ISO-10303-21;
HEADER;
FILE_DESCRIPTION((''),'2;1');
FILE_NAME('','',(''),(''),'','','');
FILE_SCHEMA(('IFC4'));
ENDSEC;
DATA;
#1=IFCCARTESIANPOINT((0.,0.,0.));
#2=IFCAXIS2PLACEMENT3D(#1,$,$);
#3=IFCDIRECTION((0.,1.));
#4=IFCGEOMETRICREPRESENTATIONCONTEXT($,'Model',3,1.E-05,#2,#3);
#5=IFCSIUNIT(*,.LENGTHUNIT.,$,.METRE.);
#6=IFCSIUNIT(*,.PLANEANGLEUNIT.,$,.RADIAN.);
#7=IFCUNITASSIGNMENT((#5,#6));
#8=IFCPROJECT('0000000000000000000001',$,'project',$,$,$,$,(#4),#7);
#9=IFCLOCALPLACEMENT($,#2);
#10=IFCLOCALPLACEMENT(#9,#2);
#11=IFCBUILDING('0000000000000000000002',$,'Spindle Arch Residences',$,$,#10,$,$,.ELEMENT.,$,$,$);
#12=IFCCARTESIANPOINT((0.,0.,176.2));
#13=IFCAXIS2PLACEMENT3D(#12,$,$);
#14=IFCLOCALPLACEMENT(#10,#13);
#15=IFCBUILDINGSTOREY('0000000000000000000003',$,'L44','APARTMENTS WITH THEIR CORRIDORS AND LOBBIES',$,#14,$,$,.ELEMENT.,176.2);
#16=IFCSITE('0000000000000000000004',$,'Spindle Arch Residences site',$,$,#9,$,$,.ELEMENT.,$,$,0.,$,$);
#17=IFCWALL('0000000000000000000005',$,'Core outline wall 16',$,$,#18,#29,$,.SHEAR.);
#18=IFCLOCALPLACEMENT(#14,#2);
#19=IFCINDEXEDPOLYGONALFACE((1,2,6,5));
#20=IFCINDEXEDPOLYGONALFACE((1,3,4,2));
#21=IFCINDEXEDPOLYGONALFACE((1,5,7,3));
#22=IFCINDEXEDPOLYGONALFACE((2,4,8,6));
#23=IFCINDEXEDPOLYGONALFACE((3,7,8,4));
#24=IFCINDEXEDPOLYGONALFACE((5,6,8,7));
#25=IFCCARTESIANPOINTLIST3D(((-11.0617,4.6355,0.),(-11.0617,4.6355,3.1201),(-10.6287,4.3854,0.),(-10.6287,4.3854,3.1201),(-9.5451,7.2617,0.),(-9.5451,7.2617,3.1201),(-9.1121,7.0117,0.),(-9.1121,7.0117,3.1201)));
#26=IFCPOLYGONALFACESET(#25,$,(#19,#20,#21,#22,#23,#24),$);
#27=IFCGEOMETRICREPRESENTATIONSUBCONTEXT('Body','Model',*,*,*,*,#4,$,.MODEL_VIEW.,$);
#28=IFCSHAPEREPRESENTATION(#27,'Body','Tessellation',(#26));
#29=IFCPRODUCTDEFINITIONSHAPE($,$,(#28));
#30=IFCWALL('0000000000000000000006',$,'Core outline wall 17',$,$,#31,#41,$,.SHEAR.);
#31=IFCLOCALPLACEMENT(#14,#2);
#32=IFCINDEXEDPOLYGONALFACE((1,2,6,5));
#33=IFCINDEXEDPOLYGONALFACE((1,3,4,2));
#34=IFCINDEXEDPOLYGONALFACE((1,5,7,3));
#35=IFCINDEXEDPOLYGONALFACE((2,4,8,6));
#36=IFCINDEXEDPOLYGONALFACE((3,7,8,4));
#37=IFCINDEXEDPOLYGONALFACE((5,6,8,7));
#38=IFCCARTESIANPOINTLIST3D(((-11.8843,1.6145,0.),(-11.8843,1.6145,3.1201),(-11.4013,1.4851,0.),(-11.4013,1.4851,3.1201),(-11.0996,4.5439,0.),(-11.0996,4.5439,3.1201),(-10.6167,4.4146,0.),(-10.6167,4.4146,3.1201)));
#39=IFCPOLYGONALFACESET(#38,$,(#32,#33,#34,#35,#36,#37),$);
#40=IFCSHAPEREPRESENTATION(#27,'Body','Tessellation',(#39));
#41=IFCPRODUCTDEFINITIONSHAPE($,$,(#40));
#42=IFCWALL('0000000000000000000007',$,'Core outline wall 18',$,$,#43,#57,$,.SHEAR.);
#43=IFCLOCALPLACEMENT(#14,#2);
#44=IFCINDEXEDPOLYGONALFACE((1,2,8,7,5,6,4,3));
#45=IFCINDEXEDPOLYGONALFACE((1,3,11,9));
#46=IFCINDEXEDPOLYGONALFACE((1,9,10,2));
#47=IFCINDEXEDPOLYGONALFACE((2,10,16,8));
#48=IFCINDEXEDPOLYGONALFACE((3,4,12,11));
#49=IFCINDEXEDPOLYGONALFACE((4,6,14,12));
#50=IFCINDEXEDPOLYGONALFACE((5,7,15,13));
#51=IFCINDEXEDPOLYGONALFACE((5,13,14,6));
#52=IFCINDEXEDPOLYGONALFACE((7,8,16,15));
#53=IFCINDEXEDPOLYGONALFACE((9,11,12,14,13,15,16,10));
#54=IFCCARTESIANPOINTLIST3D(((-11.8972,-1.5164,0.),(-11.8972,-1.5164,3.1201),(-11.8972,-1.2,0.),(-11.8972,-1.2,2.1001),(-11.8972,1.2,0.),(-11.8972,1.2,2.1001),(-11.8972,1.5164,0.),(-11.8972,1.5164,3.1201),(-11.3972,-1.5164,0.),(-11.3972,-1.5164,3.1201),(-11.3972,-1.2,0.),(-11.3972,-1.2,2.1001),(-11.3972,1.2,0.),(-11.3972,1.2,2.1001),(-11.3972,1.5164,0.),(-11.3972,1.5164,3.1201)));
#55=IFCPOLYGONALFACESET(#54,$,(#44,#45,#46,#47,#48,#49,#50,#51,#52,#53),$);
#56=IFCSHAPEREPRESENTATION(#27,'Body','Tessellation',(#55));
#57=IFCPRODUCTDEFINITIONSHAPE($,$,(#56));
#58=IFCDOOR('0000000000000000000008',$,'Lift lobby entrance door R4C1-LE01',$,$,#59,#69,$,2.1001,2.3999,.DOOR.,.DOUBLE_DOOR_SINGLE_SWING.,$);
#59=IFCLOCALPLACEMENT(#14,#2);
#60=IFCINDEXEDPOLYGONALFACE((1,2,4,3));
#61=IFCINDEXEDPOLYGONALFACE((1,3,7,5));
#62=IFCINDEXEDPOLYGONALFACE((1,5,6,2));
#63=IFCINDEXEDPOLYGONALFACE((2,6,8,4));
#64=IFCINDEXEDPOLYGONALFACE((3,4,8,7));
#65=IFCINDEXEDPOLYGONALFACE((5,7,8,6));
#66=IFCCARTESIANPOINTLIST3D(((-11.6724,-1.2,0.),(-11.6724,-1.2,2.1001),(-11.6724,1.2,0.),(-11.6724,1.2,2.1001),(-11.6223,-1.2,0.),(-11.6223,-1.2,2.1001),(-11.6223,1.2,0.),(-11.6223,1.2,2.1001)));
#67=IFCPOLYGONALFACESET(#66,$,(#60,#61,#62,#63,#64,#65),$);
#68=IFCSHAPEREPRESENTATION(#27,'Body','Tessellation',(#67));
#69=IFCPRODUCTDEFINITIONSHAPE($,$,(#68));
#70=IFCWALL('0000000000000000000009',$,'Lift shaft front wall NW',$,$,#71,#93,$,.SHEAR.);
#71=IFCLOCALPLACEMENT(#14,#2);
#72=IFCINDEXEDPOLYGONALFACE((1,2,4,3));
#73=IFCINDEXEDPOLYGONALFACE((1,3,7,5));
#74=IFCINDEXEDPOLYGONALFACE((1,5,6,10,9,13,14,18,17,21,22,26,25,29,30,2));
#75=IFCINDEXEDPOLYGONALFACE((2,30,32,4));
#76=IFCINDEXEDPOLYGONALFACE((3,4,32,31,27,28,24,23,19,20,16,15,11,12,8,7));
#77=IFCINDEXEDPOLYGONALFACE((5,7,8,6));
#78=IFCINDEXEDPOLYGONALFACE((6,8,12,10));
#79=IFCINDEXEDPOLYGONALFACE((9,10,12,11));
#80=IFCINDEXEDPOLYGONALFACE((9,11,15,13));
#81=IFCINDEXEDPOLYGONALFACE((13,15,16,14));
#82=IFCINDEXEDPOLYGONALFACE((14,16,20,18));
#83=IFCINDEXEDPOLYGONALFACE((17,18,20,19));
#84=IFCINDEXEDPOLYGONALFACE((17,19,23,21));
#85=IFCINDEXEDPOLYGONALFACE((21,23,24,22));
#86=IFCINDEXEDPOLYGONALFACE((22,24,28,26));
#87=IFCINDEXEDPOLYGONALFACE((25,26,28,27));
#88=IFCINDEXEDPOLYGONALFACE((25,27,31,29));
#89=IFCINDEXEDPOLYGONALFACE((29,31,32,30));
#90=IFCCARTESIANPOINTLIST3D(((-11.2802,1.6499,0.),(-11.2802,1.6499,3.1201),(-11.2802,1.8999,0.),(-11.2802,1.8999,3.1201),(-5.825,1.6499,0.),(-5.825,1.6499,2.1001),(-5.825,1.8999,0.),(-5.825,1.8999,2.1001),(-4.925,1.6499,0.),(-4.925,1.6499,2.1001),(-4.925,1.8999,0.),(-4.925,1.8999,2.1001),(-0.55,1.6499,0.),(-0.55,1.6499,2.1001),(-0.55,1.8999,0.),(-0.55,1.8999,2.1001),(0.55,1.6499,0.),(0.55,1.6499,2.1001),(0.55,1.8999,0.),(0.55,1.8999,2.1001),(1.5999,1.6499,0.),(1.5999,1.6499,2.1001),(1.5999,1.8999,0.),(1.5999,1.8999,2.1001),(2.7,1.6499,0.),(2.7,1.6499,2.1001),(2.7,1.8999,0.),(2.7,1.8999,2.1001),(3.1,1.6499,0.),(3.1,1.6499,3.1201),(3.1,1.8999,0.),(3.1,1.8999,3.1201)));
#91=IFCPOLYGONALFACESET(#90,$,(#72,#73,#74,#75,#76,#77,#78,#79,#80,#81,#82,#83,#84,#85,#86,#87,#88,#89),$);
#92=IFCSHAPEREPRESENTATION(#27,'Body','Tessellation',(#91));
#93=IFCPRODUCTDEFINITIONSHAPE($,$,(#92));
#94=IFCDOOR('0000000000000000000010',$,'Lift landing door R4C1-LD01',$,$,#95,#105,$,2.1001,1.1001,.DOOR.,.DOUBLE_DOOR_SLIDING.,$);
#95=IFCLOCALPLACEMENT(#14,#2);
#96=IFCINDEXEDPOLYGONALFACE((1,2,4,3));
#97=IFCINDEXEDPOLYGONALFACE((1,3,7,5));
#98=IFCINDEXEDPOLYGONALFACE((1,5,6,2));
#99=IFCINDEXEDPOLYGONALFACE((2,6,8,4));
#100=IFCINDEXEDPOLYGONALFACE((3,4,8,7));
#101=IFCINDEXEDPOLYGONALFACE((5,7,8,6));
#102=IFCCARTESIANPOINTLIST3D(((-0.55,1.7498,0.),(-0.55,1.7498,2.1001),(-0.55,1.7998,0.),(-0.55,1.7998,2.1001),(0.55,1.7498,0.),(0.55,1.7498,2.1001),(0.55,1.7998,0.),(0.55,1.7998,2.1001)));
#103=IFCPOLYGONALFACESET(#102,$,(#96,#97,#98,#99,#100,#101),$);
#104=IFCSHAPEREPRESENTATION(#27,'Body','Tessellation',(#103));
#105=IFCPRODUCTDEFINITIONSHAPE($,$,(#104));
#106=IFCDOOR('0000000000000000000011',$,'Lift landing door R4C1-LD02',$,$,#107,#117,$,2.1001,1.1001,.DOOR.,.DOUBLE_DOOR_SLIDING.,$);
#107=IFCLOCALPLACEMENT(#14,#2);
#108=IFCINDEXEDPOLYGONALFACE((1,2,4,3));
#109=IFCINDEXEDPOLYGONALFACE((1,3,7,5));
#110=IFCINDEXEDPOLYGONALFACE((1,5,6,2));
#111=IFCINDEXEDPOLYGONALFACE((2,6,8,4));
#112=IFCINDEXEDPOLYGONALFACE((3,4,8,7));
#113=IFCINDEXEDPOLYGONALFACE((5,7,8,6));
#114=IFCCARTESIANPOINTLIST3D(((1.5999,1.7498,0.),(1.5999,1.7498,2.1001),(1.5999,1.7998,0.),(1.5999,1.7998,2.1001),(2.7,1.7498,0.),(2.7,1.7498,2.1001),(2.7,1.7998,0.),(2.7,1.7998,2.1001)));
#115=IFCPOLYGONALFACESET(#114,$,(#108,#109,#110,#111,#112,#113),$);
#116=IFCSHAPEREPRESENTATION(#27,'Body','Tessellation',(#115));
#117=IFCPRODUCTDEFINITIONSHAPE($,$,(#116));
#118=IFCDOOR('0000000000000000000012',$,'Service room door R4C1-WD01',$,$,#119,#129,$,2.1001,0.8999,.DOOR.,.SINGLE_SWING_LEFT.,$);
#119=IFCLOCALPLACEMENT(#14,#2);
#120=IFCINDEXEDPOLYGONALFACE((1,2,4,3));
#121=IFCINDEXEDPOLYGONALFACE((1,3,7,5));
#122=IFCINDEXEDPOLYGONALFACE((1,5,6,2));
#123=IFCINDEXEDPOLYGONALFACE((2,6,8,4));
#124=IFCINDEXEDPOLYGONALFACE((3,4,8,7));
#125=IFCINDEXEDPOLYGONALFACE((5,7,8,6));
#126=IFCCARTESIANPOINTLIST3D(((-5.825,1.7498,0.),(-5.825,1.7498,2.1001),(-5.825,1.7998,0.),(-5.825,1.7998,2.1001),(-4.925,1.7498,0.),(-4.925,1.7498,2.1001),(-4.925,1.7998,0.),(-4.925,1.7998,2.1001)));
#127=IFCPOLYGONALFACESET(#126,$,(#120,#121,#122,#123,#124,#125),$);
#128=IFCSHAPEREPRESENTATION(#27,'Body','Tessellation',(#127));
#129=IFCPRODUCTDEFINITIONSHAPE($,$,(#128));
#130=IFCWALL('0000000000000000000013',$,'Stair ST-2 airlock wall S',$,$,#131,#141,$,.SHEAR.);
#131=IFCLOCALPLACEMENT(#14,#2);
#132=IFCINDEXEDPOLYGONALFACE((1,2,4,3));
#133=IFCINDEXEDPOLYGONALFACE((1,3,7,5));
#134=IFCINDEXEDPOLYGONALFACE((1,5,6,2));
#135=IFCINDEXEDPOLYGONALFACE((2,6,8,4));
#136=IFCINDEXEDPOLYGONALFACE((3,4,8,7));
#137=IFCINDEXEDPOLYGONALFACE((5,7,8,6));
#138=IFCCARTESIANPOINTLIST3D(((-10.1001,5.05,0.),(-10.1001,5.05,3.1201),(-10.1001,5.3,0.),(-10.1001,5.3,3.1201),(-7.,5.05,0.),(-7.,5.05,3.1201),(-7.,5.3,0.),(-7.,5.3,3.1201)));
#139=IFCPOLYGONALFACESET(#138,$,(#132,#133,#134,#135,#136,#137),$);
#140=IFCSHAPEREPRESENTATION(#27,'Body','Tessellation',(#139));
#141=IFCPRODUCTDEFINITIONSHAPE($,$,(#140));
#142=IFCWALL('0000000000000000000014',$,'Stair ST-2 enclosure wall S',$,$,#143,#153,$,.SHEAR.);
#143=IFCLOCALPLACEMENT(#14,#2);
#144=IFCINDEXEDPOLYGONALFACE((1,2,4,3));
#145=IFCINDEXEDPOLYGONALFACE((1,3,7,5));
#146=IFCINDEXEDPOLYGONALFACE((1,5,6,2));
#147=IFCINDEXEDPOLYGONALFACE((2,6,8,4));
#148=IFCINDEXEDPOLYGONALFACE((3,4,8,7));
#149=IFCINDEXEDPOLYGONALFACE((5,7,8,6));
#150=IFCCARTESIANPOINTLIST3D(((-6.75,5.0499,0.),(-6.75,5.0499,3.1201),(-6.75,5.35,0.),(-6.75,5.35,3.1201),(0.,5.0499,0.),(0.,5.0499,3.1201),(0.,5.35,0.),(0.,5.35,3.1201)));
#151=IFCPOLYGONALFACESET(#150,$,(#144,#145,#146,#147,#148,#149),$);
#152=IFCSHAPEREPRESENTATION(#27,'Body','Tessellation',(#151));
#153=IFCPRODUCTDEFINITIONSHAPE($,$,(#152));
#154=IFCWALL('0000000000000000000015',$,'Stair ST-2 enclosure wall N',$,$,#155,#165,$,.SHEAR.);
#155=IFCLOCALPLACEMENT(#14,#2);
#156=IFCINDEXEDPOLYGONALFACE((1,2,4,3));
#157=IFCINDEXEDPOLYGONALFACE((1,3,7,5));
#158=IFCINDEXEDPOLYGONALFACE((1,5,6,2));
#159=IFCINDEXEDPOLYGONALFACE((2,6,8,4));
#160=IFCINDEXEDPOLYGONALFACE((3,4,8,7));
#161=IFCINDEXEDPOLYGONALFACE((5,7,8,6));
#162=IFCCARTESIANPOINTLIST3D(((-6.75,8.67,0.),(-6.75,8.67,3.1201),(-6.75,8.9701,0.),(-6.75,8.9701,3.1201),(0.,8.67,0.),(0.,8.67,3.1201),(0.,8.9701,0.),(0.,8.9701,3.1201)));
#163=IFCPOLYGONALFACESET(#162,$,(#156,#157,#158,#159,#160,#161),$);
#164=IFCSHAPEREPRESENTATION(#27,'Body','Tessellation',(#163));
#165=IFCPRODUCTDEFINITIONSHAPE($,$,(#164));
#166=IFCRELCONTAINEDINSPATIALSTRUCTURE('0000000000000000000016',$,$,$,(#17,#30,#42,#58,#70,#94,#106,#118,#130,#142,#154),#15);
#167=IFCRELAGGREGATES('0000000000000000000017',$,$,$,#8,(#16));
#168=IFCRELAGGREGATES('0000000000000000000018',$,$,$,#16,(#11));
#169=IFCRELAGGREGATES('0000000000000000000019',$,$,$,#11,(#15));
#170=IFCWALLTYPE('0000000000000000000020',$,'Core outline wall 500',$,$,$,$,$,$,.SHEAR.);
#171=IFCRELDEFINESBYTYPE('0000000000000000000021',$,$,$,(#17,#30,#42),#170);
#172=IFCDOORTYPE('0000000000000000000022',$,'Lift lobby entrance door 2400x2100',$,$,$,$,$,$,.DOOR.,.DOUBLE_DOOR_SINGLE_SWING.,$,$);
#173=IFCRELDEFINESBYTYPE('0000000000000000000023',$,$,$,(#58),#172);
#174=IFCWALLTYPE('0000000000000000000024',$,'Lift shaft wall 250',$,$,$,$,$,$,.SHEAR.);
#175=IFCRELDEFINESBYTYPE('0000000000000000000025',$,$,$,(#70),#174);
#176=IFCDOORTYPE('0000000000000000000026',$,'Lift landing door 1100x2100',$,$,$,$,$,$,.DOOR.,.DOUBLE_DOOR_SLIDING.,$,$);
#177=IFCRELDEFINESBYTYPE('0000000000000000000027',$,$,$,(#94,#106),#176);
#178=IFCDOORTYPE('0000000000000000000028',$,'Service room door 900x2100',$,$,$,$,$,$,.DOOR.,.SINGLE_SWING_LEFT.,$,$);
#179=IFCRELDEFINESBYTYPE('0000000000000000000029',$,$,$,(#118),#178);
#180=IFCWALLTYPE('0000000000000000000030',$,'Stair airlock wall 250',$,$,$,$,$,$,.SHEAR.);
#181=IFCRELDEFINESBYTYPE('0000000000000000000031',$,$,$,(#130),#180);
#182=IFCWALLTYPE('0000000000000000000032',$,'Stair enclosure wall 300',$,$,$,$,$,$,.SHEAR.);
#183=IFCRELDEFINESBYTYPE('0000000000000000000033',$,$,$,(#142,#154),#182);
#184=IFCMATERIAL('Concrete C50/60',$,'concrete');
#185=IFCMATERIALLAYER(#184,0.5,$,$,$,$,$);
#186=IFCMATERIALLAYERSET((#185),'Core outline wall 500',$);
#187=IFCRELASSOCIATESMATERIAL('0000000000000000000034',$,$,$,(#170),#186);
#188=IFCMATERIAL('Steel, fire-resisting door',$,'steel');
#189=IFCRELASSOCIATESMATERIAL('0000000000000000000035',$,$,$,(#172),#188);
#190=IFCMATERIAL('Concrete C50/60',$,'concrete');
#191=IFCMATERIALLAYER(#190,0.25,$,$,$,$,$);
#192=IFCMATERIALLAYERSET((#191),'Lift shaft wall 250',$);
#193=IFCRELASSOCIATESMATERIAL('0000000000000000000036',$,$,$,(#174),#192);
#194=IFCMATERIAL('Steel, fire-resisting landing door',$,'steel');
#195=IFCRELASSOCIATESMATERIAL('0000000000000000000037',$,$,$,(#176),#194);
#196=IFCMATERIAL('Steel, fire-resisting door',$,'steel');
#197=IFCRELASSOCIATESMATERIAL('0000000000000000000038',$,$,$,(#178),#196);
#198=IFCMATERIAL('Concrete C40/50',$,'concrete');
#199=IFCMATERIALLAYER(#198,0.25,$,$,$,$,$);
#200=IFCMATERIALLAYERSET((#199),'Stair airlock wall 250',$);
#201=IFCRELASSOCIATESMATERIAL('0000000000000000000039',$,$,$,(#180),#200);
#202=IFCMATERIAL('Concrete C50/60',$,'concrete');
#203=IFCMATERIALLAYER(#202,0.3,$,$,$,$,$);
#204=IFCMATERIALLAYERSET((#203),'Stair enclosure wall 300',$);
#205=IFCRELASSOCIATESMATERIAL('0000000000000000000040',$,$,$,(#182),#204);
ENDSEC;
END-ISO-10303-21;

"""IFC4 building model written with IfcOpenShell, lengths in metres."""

from ifc_helpers import new_model, si_unit, direction, frame, frame_2d, origin, place, context, subcontext, project, spatial, rectangle, extrude, material, layer, layer_set, type_object, element, fill, save


model = new_model("IFC4")

# Units and contexts
model_context = context("Model", 3, precision=1e-05, world=origin(), true_north=direction((0.0, 1.0)))
body_context = subcontext(model_context, "Body", "Model", "MODEL_VIEW")
ifc_project = project(units=[si_unit("LENGTHUNIT", "METRE"), si_unit("PLANEANGLEUNIT", "RADIAN")], contexts=[model_context])

# Site, building, storey
site_placement = place(None, origin())
site = spatial("IfcSite", under=ifc_project, at=site_placement, Name="Spindle Arch Residences site", CompositionType="ELEMENT", RefElevation=0.0)
building_placement = place(site_placement, origin())
building = spatial("IfcBuilding", under=site, at=building_placement, Name="Spindle Arch Residences", CompositionType="ELEMENT")
storey_placement = place(building_placement, frame((0.0, 0.0, 176.2)))
storey = spatial("IfcBuildingStorey", under=building, at=storey_placement, Name="L44", Description="APARTMENTS WITH THEIR CORRIDORS AND LOBBIES", CompositionType="ELEMENT", Elevation=176.2)

# Walls
ifc_material_1 = material(Name="Concrete C50/60", Category="concrete")
ifc_layer_1 = layer(ifc_material_1, 0.5)
ifc_layer_set_1 = layer_set([ifc_layer_1], Name="Core outline wall 500")
wall_type_1 = type_object("IfcWallType", Name="Core outline wall 500", PredefinedType="SHEAR", material=ifc_layer_set_1)
for number, where, z_axis, x_axis, name in (
    (1, (-9.3286, 7.1367, 0.0), (0.0, 0.0, 1.0), (-0.500087, -0.865975, 0.0), "Core outline wall 16"),
    (2, (-10.8582, 4.4792, 0.0), (0.0, 0.0, 1.0), (-0.258735, -0.965948, 0.0), "Core outline wall 17"),
):
    element("IfcWall", number, at=place(storey_placement, frame(where, z_axis=z_axis, x_axis=x_axis)), inside=storey, type_object=wall_type_1, Name=name, PredefinedType="SHEAR", context=body_context, shape_type="SweptSolid", body=[
        extrude(rectangle(XDim=3.0327, YDim=0.5, at=frame_2d((1.5164, 0.0))), origin(), (0.0, 0.0, 1.0), 3.1201),
    ])

# Wall, opening, door
wall_1_placement = place(storey_placement, frame((-11.6472, 1.5164, 0.0), z_axis=(0.0, 0.0, 1.0), x_axis=(0.0, -1.0, 0.0)))
wall_1 = element("IfcWall", 3, at=wall_1_placement, inside=storey, type_object=wall_type_1, Name="Core outline wall 18", PredefinedType="SHEAR", context=body_context, shape_type="SweptSolid", body=[
    extrude(rectangle(XDim=3.0327, YDim=0.5, at=frame_2d((1.5164, 0.0))), origin(), (0.0, 0.0, 1.0), 3.1201),
])
opening_1_placement = place(wall_1_placement, frame((0.3164, 0.0, 0.0)))
opening_1 = element("IfcOpeningElement", 4, at=opening_1_placement, cuts=wall_1, PredefinedType="OPENING", context=body_context, shape_type="SweptSolid", body=[
    extrude(rectangle(XDim=2.3999, YDim=2.1001, at=frame_2d((1.2, 1.05))), frame((0.0, 0.26, 0.0), z_axis=(0.0, -1.0, 0.0), x_axis=(1.0, 0.0, 0.0)), (0.0, 0.0, 1.0), 0.52),
])
ifc_material_2 = material(Name="Steel, fire-resisting door", Category="steel")
door_type_1 = type_object("IfcDoorType", Name="Lift lobby entrance door 2400x2100", OperationType="DOUBLE_DOOR_SINGLE_SWING", PredefinedType="DOOR", material=ifc_material_2)
door_1_placement = place(opening_1_placement, origin())
door_1 = element("IfcDoor", 5, at=door_1_placement, inside=storey, type_object=door_type_1, Name="Lift lobby entrance door R4C1-LE01", OperationType="DOUBLE_DOOR_SINGLE_SWING", OverallHeight=2.1001, OverallWidth=2.3999, PredefinedType="DOOR", context=body_context, shape_type="SweptSolid", body=[
    extrude(rectangle(XDim=2.3999, YDim=2.1001, at=frame_2d((1.2, 1.05))), frame((0.0, 0.0249, 0.0), z_axis=(0.0, -1.0, 0.0), x_axis=(1.0, 0.0, 0.0)), (0.0, 0.0, 1.0), 0.05),
])
fill(opening_1, door_1)

# Wall, openings, doors
ifc_material_3 = material(Name="Concrete C50/60", Category="concrete")
ifc_layer_2 = layer(ifc_material_3, 0.25)
ifc_layer_set_2 = layer_set([ifc_layer_2], Name="Lift shaft wall 250")
wall_type_2 = type_object("IfcWallType", Name="Lift shaft wall 250", PredefinedType="SHEAR", material=ifc_layer_set_2)
wall_2_placement = place(storey_placement, frame((-11.28, 1.7749, 0.0), z_axis=(0.0, 0.0, 1.0), x_axis=(1.0, 0.0, 0.0)))
wall_2 = element("IfcWall", 6, at=wall_2_placement, inside=storey, type_object=wall_type_2, Name="Lift shaft front wall NW", PredefinedType="SHEAR", context=body_context, shape_type="SweptSolid", body=[
    extrude(rectangle(XDim=14.3801, YDim=0.25, at=frame_2d((7.1899, 0.0))), origin(), (0.0, 0.0, 1.0), 3.1201),
])
opening_2_placement = place(wall_2_placement, frame((10.73, 0.0, 0.0)))
opening_2 = element("IfcOpeningElement", 7, at=opening_2_placement, cuts=wall_2, PredefinedType="OPENING", context=body_context, shape_type="SweptSolid", body=[
    extrude(rectangle(XDim=1.1001, YDim=2.1001, at=frame_2d((0.55, 1.05))), frame((0.0, 0.135, 0.0), z_axis=(0.0, -1.0, 0.0), x_axis=(1.0, 0.0, 0.0)), (0.0, 0.0, 1.0), 0.27),
])
opening_3_placement = place(wall_2_placement, frame((12.8799, 0.0, 0.0)))
opening_3 = element("IfcOpeningElement", 8, at=opening_3_placement, cuts=wall_2, PredefinedType="OPENING", context=body_context, shape_type="SweptSolid", body=[
    extrude(rectangle(XDim=1.1001, YDim=2.1001, at=frame_2d((0.55, 1.05))), frame((0.0, 0.135, 0.0), z_axis=(0.0, -1.0, 0.0), x_axis=(1.0, 0.0, 0.0)), (0.0, 0.0, 1.0), 0.27),
])
opening_4_placement = place(wall_2_placement, frame((5.4551, 0.0, 0.0)))
opening_4 = element("IfcOpeningElement", 9, at=opening_4_placement, cuts=wall_2, PredefinedType="OPENING", context=body_context, shape_type="SweptSolid", body=[
    extrude(rectangle(XDim=0.8999, YDim=2.1001, at=frame_2d((0.45, 1.05))), frame((0.0, 0.135, 0.0), z_axis=(0.0, -1.0, 0.0), x_axis=(1.0, 0.0, 0.0)), (0.0, 0.0, 1.0), 0.27),
])
ifc_material_4 = material(Name="Steel, fire-resisting landing door", Category="steel")
door_type_2 = type_object("IfcDoorType", Name="Lift landing door 1100x2100", OperationType="DOUBLE_DOOR_SLIDING", PredefinedType="DOOR", material=ifc_material_4)
door_2_placement = place(opening_2_placement, origin())
door_2 = element("IfcDoor", 10, at=door_2_placement, inside=storey, type_object=door_type_2, Name="Lift landing door R4C1-LD01", OperationType="DOUBLE_DOOR_SLIDING", OverallHeight=2.1001, OverallWidth=1.1001, PredefinedType="DOOR", context=body_context, shape_type="SweptSolid", body=[
    extrude(rectangle(XDim=1.1001, YDim=2.1001, at=frame_2d((0.55, 1.05))), frame((0.0, 0.0249, 0.0), z_axis=(0.0, -1.0, 0.0), x_axis=(1.0, 0.0, 0.0)), (0.0, 0.0, 1.0), 0.05),
])
fill(opening_2, door_2)
door_3_placement = place(opening_3_placement, origin())
door_3 = element("IfcDoor", 11, at=door_3_placement, inside=storey, type_object=door_type_2, Name="Lift landing door R4C1-LD02", OperationType="DOUBLE_DOOR_SLIDING", OverallHeight=2.1001, OverallWidth=1.1001, PredefinedType="DOOR", context=body_context, shape_type="SweptSolid", body=[
    extrude(rectangle(XDim=1.1001, YDim=2.1001, at=frame_2d((0.55, 1.05))), frame((0.0, 0.0249, 0.0), z_axis=(0.0, -1.0, 0.0), x_axis=(1.0, 0.0, 0.0)), (0.0, 0.0, 1.0), 0.05),
])
fill(opening_3, door_3)
ifc_material_5 = material(Name="Steel, fire-resisting door", Category="steel")
door_type_3 = type_object("IfcDoorType", Name="Service room door 900x2100", OperationType="SINGLE_SWING_LEFT", PredefinedType="DOOR", material=ifc_material_5)
door_4_placement = place(opening_4_placement, origin())
door_4 = element("IfcDoor", 12, at=door_4_placement, inside=storey, type_object=door_type_3, Name="Service room door R4C1-WD01", OperationType="SINGLE_SWING_LEFT", OverallHeight=2.1001, OverallWidth=0.8999, PredefinedType="DOOR", context=body_context, shape_type="SweptSolid", body=[
    extrude(rectangle(XDim=0.8999, YDim=2.1001, at=frame_2d((0.45, 1.05))), frame((0.0, 0.0249, 0.0), z_axis=(0.0, -1.0, 0.0), x_axis=(1.0, 0.0, 0.0)), (0.0, 0.0, 1.0), 0.05),
])
fill(opening_4, door_4)

# Walls
ifc_material_6 = material(Name="Concrete C40/50", Category="concrete")
ifc_layer_3 = layer(ifc_material_6, 0.25)
ifc_layer_set_3 = layer_set([ifc_layer_3], Name="Stair airlock wall 250")
wall_type_3 = type_object("IfcWallType", Name="Stair airlock wall 250", PredefinedType="SHEAR", material=ifc_layer_set_3)
wall_3_placement = place(storey_placement, frame((-7.0, 5.175, 0.0), z_axis=(0.0, 0.0, 1.0), x_axis=(-1.0, 0.0, 0.0)))
element("IfcWall", 13, at=wall_3_placement, inside=storey, type_object=wall_type_3, Name="Stair ST-2 airlock wall S", PredefinedType="SHEAR", context=body_context, shape_type="SweptSolid", body=[
    extrude(rectangle(XDim=3.1001, YDim=0.25, at=frame_2d((1.55, 0.0))), origin(), (0.0, 0.0, 1.0), 3.1201),
])
ifc_material_7 = material(Name="Concrete C50/60", Category="concrete")
ifc_layer_4 = layer(ifc_material_7, 0.3)
ifc_layer_set_4 = layer_set([ifc_layer_4], Name="Stair enclosure wall 300")
wall_type_4 = type_object("IfcWallType", Name="Stair enclosure wall 300", PredefinedType="SHEAR", material=ifc_layer_set_4)
for number, where, z_axis, x_axis, name in (
    (14, (-6.75, 5.2, 0.0), (0.0, 0.0, 1.0), (1.0, 0.0, 0.0), "Stair ST-2 enclosure wall S"),
    (15, (-6.75, 8.8201, 0.0), (0.0, 0.0, 1.0), (1.0, 0.0, 0.0), "Stair ST-2 enclosure wall N"),
):
    element("IfcWall", number, at=place(storey_placement, frame(where, z_axis=z_axis, x_axis=x_axis)), inside=storey, type_object=wall_type_4, Name=name, PredefinedType="SHEAR", context=body_context, shape_type="SweptSolid", body=[
        extrude(rectangle(XDim=6.75, YDim=0.3, at=frame_2d((3.375, 0.0))), origin(), (0.0, 0.0, 1.0), 3.1201),
    ])

save(model, "model.ifc")
